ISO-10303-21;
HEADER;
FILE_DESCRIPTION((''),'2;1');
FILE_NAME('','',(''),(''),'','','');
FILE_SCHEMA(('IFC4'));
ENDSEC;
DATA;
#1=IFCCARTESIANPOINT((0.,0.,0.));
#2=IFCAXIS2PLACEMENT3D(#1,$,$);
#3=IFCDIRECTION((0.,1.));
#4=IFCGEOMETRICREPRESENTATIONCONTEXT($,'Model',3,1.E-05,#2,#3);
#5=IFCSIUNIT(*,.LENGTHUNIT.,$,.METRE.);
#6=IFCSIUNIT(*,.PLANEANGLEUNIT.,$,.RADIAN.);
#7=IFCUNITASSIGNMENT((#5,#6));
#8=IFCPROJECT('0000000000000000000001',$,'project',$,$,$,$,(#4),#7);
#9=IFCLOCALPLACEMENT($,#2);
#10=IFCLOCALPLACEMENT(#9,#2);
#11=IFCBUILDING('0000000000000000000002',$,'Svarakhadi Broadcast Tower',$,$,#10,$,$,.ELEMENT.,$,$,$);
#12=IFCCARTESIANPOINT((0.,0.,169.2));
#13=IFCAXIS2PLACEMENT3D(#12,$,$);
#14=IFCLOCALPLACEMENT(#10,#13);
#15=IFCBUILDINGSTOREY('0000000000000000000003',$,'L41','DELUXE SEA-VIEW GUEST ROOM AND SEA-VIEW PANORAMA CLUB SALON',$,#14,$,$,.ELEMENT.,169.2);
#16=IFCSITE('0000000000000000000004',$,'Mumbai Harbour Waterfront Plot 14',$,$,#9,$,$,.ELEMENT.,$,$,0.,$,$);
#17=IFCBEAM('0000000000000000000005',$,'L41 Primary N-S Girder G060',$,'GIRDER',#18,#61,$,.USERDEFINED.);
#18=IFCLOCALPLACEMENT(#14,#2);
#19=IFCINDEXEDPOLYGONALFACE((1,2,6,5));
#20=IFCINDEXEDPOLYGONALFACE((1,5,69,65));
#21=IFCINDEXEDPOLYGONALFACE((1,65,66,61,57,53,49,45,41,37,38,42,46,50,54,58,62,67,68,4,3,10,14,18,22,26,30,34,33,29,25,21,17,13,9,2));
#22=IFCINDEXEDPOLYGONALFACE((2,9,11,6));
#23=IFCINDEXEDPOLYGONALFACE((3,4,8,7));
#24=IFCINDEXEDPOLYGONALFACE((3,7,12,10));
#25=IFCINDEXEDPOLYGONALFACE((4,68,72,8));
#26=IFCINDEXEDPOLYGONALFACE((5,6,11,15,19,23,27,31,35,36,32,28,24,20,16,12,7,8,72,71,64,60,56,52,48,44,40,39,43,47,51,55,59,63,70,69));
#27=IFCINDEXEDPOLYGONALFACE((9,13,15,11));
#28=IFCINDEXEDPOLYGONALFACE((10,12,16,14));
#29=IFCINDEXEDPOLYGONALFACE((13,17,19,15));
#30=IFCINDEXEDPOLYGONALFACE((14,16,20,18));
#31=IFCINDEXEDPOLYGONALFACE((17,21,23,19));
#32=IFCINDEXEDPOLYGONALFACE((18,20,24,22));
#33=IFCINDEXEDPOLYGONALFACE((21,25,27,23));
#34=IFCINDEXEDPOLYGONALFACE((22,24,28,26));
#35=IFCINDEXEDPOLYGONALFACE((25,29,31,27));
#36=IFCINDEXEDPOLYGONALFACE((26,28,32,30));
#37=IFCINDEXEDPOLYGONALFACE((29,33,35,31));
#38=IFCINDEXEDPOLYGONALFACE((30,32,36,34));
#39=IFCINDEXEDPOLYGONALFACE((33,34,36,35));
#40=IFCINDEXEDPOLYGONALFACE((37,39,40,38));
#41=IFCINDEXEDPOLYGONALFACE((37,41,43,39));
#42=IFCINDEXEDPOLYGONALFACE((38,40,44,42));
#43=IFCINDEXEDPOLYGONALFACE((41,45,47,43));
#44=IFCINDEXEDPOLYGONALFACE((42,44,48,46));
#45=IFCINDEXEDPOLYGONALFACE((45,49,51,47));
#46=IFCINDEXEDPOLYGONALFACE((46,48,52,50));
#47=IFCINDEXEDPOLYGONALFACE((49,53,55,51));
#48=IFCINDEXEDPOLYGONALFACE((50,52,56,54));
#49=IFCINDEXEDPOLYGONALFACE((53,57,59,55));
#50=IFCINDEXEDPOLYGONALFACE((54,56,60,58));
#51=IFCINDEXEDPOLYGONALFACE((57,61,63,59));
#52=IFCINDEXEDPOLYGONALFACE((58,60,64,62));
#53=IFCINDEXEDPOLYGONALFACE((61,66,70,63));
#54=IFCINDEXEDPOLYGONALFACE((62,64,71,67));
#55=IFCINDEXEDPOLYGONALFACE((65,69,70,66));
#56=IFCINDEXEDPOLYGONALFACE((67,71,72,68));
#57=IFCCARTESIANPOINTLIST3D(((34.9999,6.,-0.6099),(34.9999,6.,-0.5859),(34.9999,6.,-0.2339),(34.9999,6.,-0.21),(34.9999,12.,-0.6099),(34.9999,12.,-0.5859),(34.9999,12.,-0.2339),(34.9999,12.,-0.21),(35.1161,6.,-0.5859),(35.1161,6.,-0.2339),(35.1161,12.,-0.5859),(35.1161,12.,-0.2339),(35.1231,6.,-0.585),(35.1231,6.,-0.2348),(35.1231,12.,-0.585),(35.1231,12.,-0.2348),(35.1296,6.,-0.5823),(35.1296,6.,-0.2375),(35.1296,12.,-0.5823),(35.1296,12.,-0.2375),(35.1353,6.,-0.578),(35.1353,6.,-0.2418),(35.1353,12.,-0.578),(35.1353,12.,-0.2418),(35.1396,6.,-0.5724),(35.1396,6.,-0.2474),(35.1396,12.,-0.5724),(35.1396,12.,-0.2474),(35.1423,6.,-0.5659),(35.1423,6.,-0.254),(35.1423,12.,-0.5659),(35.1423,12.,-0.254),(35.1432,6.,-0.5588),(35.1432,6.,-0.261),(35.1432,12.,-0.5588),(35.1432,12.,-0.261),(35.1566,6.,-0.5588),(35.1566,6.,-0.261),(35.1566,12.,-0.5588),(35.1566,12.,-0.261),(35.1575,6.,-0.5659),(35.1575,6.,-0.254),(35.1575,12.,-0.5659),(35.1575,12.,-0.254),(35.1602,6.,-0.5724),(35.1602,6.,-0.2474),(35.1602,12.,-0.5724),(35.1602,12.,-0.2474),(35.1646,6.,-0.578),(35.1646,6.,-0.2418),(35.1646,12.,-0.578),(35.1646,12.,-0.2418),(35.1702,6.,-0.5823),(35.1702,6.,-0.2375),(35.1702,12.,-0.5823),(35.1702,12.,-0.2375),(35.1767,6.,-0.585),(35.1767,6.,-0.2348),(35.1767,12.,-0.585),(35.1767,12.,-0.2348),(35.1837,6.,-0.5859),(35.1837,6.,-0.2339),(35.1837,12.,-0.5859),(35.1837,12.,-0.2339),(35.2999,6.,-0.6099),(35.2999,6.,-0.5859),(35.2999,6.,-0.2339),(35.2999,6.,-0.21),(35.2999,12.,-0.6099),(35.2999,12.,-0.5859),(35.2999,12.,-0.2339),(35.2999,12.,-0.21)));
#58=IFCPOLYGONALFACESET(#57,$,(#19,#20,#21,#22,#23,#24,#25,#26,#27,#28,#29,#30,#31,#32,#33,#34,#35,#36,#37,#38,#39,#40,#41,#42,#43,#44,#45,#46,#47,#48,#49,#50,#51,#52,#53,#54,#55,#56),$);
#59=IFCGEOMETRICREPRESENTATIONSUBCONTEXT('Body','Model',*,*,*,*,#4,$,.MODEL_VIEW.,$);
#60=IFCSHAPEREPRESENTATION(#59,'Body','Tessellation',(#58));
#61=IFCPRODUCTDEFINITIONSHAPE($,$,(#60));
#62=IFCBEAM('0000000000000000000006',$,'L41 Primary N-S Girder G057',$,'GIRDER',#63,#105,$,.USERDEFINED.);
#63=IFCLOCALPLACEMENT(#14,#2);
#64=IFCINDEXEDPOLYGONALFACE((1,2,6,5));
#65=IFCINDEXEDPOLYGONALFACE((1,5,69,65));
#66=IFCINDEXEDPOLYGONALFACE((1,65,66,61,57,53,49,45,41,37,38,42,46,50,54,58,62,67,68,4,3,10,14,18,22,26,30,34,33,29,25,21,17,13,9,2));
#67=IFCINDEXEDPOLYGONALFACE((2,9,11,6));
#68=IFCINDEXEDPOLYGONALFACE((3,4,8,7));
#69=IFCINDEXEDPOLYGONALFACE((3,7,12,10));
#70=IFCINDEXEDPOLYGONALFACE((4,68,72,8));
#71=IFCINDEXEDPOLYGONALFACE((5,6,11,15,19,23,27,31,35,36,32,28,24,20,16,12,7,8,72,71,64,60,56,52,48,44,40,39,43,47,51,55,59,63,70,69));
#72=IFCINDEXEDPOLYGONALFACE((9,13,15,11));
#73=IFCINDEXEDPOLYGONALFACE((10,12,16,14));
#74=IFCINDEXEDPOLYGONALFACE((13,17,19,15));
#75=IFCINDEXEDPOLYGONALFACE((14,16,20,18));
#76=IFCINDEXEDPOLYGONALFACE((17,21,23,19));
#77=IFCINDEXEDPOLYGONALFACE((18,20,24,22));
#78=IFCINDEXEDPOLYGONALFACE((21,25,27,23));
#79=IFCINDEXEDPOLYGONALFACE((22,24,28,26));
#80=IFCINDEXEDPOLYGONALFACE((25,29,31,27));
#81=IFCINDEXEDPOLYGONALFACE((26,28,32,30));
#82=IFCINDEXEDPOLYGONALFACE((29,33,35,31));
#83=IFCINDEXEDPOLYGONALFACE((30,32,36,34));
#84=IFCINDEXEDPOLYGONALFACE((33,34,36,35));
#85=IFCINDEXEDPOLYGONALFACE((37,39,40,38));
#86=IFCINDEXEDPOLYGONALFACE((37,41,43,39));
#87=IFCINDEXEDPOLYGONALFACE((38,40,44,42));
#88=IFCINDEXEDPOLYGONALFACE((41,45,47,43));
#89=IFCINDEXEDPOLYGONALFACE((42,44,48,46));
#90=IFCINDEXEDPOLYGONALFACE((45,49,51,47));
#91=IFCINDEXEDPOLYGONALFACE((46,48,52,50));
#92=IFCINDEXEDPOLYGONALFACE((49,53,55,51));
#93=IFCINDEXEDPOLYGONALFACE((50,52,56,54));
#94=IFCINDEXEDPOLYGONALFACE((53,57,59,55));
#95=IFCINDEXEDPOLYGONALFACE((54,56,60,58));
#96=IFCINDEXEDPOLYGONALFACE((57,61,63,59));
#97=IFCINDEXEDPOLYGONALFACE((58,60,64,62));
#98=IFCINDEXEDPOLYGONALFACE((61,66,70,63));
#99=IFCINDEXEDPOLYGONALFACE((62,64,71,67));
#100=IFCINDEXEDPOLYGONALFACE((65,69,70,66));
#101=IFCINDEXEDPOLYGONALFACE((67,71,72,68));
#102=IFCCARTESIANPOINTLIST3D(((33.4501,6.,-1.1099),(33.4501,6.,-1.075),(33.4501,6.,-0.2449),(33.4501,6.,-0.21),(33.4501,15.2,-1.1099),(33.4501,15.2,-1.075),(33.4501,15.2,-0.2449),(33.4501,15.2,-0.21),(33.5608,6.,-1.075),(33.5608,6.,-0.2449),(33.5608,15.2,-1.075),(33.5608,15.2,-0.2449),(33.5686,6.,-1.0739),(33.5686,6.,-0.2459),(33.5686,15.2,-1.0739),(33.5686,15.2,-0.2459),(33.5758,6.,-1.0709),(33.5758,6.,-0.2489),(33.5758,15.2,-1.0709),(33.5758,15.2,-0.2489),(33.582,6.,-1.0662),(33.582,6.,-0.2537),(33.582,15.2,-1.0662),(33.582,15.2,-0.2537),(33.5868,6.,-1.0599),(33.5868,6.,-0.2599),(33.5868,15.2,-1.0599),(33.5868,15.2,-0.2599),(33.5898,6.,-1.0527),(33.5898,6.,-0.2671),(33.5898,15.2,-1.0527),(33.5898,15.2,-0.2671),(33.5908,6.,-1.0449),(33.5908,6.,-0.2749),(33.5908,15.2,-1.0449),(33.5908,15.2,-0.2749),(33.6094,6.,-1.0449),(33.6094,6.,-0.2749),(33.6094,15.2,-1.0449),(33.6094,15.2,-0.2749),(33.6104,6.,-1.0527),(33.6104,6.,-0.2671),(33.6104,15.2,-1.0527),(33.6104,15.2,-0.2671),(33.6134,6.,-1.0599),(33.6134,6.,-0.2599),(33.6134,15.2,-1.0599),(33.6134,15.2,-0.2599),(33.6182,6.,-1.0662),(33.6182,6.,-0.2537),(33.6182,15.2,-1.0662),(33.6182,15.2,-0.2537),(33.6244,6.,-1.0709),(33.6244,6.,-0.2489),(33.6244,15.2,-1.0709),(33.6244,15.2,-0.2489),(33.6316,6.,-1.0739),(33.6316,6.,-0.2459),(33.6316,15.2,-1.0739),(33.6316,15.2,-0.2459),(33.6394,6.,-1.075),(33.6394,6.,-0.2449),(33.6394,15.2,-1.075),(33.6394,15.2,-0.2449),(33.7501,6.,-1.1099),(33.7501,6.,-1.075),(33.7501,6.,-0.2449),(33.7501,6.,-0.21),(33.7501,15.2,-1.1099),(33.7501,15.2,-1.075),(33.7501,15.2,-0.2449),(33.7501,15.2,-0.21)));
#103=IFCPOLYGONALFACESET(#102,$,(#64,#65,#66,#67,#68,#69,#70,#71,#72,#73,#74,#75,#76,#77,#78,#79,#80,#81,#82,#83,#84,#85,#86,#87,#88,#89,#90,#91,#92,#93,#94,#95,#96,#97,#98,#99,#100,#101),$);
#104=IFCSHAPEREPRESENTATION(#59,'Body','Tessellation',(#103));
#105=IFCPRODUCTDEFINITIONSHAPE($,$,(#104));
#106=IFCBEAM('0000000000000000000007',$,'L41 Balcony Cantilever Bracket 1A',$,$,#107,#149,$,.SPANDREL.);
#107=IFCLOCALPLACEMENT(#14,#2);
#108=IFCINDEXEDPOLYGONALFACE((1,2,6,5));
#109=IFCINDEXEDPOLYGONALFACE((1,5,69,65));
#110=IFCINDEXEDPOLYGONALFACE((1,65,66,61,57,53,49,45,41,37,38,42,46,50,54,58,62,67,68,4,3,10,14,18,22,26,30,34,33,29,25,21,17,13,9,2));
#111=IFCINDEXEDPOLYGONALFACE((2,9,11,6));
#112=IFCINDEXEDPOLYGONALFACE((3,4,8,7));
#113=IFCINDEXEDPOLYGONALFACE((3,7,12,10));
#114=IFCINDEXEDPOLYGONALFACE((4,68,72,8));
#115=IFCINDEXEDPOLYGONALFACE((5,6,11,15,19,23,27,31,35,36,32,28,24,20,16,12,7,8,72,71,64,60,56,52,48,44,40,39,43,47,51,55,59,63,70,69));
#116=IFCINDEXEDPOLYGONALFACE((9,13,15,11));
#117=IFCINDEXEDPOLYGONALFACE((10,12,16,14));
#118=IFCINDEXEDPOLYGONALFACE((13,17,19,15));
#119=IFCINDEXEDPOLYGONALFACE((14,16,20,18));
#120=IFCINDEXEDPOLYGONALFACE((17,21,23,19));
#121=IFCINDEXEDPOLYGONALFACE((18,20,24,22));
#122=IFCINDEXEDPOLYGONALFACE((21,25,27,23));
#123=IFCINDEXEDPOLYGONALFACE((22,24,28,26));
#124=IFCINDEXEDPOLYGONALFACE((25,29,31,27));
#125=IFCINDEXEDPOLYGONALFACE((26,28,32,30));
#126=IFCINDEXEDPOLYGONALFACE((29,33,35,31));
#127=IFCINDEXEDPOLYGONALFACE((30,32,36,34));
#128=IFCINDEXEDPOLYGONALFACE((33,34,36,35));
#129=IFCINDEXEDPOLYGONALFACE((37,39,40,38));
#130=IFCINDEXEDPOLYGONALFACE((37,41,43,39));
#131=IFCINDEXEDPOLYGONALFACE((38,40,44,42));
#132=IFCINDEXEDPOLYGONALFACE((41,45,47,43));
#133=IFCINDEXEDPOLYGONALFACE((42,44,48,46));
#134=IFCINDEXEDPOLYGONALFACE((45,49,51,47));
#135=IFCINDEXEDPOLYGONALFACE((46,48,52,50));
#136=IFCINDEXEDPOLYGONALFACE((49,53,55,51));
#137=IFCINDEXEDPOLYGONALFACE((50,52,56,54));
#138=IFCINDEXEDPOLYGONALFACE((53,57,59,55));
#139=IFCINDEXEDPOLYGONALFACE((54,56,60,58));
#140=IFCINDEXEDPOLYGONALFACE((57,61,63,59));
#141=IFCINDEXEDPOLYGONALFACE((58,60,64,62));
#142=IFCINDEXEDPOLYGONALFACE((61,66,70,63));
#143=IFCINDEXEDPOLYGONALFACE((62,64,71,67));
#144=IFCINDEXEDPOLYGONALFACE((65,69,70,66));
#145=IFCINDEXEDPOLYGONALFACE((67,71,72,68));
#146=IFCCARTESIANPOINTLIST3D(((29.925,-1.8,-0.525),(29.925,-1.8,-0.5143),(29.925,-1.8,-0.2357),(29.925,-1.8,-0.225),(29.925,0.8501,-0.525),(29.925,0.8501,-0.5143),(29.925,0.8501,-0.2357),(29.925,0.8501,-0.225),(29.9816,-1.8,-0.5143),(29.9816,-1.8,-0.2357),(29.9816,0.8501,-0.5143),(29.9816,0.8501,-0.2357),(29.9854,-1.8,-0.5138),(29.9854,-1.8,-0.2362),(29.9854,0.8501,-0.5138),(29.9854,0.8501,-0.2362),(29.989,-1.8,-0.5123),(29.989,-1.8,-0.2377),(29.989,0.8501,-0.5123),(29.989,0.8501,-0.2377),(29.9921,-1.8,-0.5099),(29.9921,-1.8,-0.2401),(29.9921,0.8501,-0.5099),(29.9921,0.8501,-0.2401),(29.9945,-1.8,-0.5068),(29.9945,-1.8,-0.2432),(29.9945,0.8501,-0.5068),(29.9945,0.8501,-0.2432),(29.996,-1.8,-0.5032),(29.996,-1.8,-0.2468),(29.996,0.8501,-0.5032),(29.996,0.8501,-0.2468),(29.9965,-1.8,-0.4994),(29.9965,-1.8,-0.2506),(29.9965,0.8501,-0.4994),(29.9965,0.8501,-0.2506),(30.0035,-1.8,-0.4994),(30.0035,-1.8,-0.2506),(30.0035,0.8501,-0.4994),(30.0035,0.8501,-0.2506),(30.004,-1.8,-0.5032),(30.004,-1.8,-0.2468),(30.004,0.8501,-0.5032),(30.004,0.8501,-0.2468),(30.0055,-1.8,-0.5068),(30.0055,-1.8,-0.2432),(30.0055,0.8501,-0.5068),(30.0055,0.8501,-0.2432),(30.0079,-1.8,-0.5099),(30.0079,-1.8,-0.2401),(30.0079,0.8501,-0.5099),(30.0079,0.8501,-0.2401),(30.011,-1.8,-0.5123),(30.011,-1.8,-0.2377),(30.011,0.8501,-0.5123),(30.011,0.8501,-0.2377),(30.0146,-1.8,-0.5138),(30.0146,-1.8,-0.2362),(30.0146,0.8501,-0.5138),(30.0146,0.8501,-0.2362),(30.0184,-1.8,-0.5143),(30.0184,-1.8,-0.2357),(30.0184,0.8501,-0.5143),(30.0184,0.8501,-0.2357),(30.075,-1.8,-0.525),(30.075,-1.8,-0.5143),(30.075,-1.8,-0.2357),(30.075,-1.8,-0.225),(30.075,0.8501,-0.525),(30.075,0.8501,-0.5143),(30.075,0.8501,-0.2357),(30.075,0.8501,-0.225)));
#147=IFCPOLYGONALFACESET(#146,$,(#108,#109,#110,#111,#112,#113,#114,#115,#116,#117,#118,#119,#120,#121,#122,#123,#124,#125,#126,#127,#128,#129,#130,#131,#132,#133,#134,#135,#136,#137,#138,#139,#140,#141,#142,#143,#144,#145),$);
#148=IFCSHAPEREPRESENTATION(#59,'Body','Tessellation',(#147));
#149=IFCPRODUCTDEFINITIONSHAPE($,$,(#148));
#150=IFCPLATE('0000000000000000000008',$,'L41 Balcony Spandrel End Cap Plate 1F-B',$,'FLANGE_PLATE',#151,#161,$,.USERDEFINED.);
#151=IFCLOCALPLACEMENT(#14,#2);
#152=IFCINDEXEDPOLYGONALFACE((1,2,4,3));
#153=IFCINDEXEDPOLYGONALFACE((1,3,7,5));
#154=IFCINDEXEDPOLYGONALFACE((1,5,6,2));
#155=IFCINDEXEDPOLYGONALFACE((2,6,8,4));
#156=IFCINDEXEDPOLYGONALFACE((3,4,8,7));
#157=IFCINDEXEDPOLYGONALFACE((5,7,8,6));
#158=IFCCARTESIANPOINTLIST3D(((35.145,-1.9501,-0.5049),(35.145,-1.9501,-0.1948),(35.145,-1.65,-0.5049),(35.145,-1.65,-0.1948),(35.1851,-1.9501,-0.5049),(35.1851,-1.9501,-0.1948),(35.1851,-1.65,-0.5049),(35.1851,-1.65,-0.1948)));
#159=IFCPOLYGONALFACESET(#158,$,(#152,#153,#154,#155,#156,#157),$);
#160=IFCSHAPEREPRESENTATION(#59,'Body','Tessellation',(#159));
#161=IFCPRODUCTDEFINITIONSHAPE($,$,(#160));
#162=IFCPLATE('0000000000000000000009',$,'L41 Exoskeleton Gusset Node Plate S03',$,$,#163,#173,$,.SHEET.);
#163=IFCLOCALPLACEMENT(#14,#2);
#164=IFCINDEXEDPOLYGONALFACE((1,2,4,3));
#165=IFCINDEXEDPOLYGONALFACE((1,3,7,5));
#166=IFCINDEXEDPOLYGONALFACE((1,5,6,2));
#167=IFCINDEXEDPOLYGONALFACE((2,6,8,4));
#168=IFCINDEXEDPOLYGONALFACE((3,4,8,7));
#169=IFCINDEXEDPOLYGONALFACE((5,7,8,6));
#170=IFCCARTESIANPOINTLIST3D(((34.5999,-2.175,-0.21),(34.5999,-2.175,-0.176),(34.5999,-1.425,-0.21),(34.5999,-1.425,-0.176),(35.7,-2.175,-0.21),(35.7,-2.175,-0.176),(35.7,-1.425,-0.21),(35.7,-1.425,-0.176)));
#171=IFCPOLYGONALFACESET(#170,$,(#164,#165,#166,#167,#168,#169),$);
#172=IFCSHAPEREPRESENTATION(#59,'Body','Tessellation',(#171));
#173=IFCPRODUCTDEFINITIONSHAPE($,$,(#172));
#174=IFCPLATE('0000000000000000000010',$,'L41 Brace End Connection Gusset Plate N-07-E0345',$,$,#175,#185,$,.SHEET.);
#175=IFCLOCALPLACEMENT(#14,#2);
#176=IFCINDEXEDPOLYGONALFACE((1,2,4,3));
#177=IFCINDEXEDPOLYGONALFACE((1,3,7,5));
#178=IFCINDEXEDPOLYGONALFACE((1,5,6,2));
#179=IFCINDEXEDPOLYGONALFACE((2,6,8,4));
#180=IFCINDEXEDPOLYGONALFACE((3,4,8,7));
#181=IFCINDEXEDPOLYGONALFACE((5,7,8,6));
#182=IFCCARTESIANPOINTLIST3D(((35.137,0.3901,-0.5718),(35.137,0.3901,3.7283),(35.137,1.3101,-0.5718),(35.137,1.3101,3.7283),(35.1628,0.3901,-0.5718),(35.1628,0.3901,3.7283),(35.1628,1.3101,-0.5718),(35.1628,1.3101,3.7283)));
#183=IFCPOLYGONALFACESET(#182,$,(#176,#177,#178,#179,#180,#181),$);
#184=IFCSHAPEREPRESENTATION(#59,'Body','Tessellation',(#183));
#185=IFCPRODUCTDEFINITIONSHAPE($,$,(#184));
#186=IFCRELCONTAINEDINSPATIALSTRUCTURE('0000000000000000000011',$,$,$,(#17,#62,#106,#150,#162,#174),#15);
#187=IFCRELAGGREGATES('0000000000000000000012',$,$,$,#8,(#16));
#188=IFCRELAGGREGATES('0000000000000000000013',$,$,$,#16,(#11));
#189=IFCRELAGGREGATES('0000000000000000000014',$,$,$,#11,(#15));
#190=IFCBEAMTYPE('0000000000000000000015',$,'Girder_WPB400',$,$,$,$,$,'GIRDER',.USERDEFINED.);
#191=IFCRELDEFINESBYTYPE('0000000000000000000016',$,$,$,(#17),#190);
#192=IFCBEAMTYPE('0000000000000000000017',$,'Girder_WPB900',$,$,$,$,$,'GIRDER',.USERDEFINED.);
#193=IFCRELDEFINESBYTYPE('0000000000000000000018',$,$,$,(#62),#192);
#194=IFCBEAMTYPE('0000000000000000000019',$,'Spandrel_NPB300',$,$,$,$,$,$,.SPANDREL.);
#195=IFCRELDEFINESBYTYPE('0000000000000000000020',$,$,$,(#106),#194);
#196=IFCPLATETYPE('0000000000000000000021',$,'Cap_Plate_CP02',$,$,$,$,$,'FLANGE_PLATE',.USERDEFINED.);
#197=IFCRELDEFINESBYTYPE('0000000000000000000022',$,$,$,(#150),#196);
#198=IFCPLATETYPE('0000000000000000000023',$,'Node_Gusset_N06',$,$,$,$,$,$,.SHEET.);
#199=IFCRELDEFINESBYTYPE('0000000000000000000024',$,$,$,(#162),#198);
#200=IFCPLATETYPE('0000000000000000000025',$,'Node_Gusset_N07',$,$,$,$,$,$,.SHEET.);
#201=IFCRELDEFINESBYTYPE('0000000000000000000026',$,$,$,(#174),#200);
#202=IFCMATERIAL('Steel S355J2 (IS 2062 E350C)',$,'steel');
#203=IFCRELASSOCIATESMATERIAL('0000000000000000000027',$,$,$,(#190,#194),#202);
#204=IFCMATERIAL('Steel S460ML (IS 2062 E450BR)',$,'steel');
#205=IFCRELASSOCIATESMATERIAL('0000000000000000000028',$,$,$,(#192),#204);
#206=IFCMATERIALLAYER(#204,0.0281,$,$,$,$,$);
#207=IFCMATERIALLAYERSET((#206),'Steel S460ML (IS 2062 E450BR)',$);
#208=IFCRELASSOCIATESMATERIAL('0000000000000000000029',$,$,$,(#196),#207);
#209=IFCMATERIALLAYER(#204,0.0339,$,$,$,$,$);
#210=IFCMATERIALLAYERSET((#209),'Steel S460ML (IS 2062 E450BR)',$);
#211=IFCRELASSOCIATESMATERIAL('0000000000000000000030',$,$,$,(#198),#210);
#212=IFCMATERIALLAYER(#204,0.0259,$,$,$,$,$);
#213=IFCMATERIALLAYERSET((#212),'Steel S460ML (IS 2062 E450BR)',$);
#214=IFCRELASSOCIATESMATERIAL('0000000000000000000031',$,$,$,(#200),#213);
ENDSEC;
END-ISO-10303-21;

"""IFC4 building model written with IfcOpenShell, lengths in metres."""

from ifc_helpers import new_model, si_unit, direction, frame, origin, origin_2d, place, context, subcontext, project, spatial, rectangle, i_section, extrude, material, layer, layer_set, material_profile, profile_set, type_object, element, save


model = new_model("IFC4")

# Units and contexts
model_context = context("Model", 3, precision=1e-05, world=origin(), true_north=direction((0.0, 1.0)))
body_context = subcontext(model_context, "Body", "Model", "MODEL_VIEW")
ifc_project = project(units=[si_unit("LENGTHUNIT", "METRE"), si_unit("PLANEANGLEUNIT", "RADIAN")], contexts=[model_context])

# Site, building, storey
site_placement = place(None, origin())
site = spatial("IfcSite", under=ifc_project, at=site_placement, Name="Mumbai Harbour Waterfront Plot 14", CompositionType="ELEMENT", RefElevation=0.0)
building_placement = place(site_placement, origin())
building = spatial("IfcBuilding", under=site, at=building_placement, Name="Svarakhadi Broadcast Tower", CompositionType="ELEMENT")
storey_placement = place(building_placement, frame((0.0, 0.0, 169.2)))
storey = spatial("IfcBuildingStorey", under=building, at=storey_placement, Name="L41", Description="DELUXE SEA-VIEW GUEST ROOM AND SEA-VIEW PANORAMA CLUB SALON", CompositionType="ELEMENT", Elevation=169.2)

# Shared definitions
ifc_material_1 = material(Name="Steel S460ML (IS 2062 E450BR)", Category="steel")

# Shared definitions
ifc_material_2 = material(Name="Steel S355J2 (IS 2062 E350C)", Category="steel")

# Beams
ifc_material_profile_1 = material_profile(ifc_material_2, i_section(OverallWidth=0.3, OverallDepth=0.3999, WebThickness=0.0134, FlangeThickness=0.0239, FilletRadius=0.0271, at=origin_2d()), Name="WPB 400x300x155")
ifc_profile_set_1 = profile_set([ifc_material_profile_1], Name="Steel S355J2 (IS 2062 E350C)")
beam_type_1 = type_object("IfcBeamType", Name="Girder_WPB400", ElementType="GIRDER", PredefinedType="USERDEFINED", material=ifc_profile_set_1)
beam_1_placement = place(storey_placement, frame((35.1499, 6.0, -0.4099), z_axis=(0.0, 1.0, 0.0), x_axis=(-1.0, 0.0, 0.0)))
element("IfcBeam", 1, at=beam_1_placement, inside=storey, type_object=beam_type_1, Name="L41 Primary N-S Girder G060", ObjectType="GIRDER", PredefinedType="USERDEFINED", context=body_context, shape_type="SweptSolid", body=[
    extrude(i_section(OverallWidth=0.3, OverallDepth=0.3999, WebThickness=0.0134, FlangeThickness=0.0239, FilletRadius=0.0271, at=origin_2d()), origin(), (0.0, 0.0, 1.0), 6.0),
])
ifc_material_profile_2 = material_profile(ifc_material_1, i_section(OverallWidth=0.3, OverallDepth=0.8999, WebThickness=0.0186, FlangeThickness=0.0349, FilletRadius=0.03, at=origin_2d()), Name="WPB 900x300x291")
ifc_profile_set_2 = profile_set([ifc_material_profile_2], Name="Steel S460ML (IS 2062 E450BR)")
beam_type_2 = type_object("IfcBeamType", Name="Girder_WPB900", ElementType="GIRDER", PredefinedType="USERDEFINED", material=ifc_profile_set_2)
beam_2_placement = place(storey_placement, frame((33.6001, 6.0, -0.6599), z_axis=(0.0, 1.0, 0.0), x_axis=(-1.0, 0.0, 0.0)))
element("IfcBeam", 2, at=beam_2_placement, inside=storey, type_object=beam_type_2, Name="L41 Primary N-S Girder G057", ObjectType="GIRDER", PredefinedType="USERDEFINED", context=body_context, shape_type="SweptSolid", body=[
    extrude(i_section(OverallWidth=0.3, OverallDepth=0.8999, WebThickness=0.0186, FlangeThickness=0.0349, FilletRadius=0.03, at=origin_2d()), origin(), (0.0, 0.0, 1.0), 9.2),
])
ifc_material_profile_3 = material_profile(ifc_material_2, i_section(OverallWidth=0.1499, OverallDepth=0.3, WebThickness=0.0071, FlangeThickness=0.0107, FilletRadius=0.0149, at=origin_2d()), Name="NPB 300x150x37")
ifc_profile_set_3 = profile_set([ifc_material_profile_3], Name="Steel S355J2 (IS 2062 E350C)")
beam_type_3 = type_object("IfcBeamType", Name="Spandrel_NPB300", PredefinedType="SPANDREL", material=ifc_profile_set_3)
beam_3_placement = place(storey_placement, frame((30.0, 0.8501, -0.375), z_axis=(0.0, -1.0, 0.0), x_axis=(1.0, 0.0, 0.0)))
element("IfcBeam", 3, at=beam_3_placement, inside=storey, type_object=beam_type_3, Name="L41 Balcony Cantilever Bracket 1A", PredefinedType="SPANDREL", context=body_context, shape_type="SweptSolid", body=[
    extrude(i_section(OverallWidth=0.1499, OverallDepth=0.3, WebThickness=0.0071, FlangeThickness=0.0107, FilletRadius=0.0149, at=origin_2d()), origin(), (0.0, 0.0, 1.0), 2.6501),
])

# Plates
ifc_layer_1 = layer(ifc_material_1, 0.0281)
ifc_layer_set_1 = layer_set([ifc_layer_1], Name="Steel S460ML (IS 2062 E450BR)")
plate_type_1 = type_object("IfcPlateType", Name="Cap_Plate_CP02", ElementType="FLANGE_PLATE", PredefinedType="USERDEFINED", material=ifc_layer_set_1)
plate_1_placement = place(storey_placement, frame((35.165, -1.8, -0.5049), z_axis=(0.0, 0.0, 1.0), x_axis=(1.0, 0.0, 0.0)))
element("IfcPlate", 4, at=plate_1_placement, inside=storey, type_object=plate_type_1, Name="L41 Balcony Spandrel End Cap Plate 1F-B", ObjectType="FLANGE_PLATE", PredefinedType="USERDEFINED", context=body_context, shape_type="SweptSolid", body=[
    extrude(rectangle(XDim=0.04, YDim=0.3, at=origin_2d()), origin(), (0.0, 0.0, 1.0), 0.3101),
])
ifc_layer_2 = layer(ifc_material_1, 0.0339)
ifc_layer_set_2 = layer_set([ifc_layer_2], Name="Steel S460ML (IS 2062 E450BR)")
plate_type_2 = type_object("IfcPlateType", Name="Node_Gusset_N06", PredefinedType="SHEET", material=ifc_layer_set_2)
plate_2_placement = place(storey_placement, frame((35.1499, -1.8, -0.21), z_axis=(0.0, 0.0, 1.0), x_axis=(1.0, 0.0, 0.0)))
element("IfcPlate", 5, at=plate_2_placement, inside=storey, type_object=plate_type_2, Name="L41 Exoskeleton Gusset Node Plate S03", PredefinedType="SHEET", context=body_context, shape_type="SweptSolid", body=[
    extrude(rectangle(XDim=1.1001, YDim=0.75, at=origin_2d()), origin(), (0.0, 0.0, 1.0), 0.0339),
])
ifc_layer_3 = layer(ifc_material_1, 0.0259)
ifc_layer_set_3 = layer_set([ifc_layer_3], Name="Steel S460ML (IS 2062 E450BR)")
plate_type_3 = type_object("IfcPlateType", Name="Node_Gusset_N07", PredefinedType="SHEET", material=ifc_layer_set_3)
plate_3_placement = place(storey_placement, frame((35.1499, 0.8501, -0.5718), z_axis=(0.0, 0.0, 1.0), x_axis=(0.0, 1.0, 0.0)))
element("IfcPlate", 6, at=plate_3_placement, inside=storey, type_object=plate_type_3, Name="L41 Brace End Connection Gusset Plate N-07-E0345", PredefinedType="SHEET", context=body_context, shape_type="SweptSolid", body=[
    extrude(rectangle(XDim=0.9199, YDim=0.0259, at=origin_2d()), origin(), (0.0, 0.0, 1.0), 4.3),
])

save(model, "model.ifc")
